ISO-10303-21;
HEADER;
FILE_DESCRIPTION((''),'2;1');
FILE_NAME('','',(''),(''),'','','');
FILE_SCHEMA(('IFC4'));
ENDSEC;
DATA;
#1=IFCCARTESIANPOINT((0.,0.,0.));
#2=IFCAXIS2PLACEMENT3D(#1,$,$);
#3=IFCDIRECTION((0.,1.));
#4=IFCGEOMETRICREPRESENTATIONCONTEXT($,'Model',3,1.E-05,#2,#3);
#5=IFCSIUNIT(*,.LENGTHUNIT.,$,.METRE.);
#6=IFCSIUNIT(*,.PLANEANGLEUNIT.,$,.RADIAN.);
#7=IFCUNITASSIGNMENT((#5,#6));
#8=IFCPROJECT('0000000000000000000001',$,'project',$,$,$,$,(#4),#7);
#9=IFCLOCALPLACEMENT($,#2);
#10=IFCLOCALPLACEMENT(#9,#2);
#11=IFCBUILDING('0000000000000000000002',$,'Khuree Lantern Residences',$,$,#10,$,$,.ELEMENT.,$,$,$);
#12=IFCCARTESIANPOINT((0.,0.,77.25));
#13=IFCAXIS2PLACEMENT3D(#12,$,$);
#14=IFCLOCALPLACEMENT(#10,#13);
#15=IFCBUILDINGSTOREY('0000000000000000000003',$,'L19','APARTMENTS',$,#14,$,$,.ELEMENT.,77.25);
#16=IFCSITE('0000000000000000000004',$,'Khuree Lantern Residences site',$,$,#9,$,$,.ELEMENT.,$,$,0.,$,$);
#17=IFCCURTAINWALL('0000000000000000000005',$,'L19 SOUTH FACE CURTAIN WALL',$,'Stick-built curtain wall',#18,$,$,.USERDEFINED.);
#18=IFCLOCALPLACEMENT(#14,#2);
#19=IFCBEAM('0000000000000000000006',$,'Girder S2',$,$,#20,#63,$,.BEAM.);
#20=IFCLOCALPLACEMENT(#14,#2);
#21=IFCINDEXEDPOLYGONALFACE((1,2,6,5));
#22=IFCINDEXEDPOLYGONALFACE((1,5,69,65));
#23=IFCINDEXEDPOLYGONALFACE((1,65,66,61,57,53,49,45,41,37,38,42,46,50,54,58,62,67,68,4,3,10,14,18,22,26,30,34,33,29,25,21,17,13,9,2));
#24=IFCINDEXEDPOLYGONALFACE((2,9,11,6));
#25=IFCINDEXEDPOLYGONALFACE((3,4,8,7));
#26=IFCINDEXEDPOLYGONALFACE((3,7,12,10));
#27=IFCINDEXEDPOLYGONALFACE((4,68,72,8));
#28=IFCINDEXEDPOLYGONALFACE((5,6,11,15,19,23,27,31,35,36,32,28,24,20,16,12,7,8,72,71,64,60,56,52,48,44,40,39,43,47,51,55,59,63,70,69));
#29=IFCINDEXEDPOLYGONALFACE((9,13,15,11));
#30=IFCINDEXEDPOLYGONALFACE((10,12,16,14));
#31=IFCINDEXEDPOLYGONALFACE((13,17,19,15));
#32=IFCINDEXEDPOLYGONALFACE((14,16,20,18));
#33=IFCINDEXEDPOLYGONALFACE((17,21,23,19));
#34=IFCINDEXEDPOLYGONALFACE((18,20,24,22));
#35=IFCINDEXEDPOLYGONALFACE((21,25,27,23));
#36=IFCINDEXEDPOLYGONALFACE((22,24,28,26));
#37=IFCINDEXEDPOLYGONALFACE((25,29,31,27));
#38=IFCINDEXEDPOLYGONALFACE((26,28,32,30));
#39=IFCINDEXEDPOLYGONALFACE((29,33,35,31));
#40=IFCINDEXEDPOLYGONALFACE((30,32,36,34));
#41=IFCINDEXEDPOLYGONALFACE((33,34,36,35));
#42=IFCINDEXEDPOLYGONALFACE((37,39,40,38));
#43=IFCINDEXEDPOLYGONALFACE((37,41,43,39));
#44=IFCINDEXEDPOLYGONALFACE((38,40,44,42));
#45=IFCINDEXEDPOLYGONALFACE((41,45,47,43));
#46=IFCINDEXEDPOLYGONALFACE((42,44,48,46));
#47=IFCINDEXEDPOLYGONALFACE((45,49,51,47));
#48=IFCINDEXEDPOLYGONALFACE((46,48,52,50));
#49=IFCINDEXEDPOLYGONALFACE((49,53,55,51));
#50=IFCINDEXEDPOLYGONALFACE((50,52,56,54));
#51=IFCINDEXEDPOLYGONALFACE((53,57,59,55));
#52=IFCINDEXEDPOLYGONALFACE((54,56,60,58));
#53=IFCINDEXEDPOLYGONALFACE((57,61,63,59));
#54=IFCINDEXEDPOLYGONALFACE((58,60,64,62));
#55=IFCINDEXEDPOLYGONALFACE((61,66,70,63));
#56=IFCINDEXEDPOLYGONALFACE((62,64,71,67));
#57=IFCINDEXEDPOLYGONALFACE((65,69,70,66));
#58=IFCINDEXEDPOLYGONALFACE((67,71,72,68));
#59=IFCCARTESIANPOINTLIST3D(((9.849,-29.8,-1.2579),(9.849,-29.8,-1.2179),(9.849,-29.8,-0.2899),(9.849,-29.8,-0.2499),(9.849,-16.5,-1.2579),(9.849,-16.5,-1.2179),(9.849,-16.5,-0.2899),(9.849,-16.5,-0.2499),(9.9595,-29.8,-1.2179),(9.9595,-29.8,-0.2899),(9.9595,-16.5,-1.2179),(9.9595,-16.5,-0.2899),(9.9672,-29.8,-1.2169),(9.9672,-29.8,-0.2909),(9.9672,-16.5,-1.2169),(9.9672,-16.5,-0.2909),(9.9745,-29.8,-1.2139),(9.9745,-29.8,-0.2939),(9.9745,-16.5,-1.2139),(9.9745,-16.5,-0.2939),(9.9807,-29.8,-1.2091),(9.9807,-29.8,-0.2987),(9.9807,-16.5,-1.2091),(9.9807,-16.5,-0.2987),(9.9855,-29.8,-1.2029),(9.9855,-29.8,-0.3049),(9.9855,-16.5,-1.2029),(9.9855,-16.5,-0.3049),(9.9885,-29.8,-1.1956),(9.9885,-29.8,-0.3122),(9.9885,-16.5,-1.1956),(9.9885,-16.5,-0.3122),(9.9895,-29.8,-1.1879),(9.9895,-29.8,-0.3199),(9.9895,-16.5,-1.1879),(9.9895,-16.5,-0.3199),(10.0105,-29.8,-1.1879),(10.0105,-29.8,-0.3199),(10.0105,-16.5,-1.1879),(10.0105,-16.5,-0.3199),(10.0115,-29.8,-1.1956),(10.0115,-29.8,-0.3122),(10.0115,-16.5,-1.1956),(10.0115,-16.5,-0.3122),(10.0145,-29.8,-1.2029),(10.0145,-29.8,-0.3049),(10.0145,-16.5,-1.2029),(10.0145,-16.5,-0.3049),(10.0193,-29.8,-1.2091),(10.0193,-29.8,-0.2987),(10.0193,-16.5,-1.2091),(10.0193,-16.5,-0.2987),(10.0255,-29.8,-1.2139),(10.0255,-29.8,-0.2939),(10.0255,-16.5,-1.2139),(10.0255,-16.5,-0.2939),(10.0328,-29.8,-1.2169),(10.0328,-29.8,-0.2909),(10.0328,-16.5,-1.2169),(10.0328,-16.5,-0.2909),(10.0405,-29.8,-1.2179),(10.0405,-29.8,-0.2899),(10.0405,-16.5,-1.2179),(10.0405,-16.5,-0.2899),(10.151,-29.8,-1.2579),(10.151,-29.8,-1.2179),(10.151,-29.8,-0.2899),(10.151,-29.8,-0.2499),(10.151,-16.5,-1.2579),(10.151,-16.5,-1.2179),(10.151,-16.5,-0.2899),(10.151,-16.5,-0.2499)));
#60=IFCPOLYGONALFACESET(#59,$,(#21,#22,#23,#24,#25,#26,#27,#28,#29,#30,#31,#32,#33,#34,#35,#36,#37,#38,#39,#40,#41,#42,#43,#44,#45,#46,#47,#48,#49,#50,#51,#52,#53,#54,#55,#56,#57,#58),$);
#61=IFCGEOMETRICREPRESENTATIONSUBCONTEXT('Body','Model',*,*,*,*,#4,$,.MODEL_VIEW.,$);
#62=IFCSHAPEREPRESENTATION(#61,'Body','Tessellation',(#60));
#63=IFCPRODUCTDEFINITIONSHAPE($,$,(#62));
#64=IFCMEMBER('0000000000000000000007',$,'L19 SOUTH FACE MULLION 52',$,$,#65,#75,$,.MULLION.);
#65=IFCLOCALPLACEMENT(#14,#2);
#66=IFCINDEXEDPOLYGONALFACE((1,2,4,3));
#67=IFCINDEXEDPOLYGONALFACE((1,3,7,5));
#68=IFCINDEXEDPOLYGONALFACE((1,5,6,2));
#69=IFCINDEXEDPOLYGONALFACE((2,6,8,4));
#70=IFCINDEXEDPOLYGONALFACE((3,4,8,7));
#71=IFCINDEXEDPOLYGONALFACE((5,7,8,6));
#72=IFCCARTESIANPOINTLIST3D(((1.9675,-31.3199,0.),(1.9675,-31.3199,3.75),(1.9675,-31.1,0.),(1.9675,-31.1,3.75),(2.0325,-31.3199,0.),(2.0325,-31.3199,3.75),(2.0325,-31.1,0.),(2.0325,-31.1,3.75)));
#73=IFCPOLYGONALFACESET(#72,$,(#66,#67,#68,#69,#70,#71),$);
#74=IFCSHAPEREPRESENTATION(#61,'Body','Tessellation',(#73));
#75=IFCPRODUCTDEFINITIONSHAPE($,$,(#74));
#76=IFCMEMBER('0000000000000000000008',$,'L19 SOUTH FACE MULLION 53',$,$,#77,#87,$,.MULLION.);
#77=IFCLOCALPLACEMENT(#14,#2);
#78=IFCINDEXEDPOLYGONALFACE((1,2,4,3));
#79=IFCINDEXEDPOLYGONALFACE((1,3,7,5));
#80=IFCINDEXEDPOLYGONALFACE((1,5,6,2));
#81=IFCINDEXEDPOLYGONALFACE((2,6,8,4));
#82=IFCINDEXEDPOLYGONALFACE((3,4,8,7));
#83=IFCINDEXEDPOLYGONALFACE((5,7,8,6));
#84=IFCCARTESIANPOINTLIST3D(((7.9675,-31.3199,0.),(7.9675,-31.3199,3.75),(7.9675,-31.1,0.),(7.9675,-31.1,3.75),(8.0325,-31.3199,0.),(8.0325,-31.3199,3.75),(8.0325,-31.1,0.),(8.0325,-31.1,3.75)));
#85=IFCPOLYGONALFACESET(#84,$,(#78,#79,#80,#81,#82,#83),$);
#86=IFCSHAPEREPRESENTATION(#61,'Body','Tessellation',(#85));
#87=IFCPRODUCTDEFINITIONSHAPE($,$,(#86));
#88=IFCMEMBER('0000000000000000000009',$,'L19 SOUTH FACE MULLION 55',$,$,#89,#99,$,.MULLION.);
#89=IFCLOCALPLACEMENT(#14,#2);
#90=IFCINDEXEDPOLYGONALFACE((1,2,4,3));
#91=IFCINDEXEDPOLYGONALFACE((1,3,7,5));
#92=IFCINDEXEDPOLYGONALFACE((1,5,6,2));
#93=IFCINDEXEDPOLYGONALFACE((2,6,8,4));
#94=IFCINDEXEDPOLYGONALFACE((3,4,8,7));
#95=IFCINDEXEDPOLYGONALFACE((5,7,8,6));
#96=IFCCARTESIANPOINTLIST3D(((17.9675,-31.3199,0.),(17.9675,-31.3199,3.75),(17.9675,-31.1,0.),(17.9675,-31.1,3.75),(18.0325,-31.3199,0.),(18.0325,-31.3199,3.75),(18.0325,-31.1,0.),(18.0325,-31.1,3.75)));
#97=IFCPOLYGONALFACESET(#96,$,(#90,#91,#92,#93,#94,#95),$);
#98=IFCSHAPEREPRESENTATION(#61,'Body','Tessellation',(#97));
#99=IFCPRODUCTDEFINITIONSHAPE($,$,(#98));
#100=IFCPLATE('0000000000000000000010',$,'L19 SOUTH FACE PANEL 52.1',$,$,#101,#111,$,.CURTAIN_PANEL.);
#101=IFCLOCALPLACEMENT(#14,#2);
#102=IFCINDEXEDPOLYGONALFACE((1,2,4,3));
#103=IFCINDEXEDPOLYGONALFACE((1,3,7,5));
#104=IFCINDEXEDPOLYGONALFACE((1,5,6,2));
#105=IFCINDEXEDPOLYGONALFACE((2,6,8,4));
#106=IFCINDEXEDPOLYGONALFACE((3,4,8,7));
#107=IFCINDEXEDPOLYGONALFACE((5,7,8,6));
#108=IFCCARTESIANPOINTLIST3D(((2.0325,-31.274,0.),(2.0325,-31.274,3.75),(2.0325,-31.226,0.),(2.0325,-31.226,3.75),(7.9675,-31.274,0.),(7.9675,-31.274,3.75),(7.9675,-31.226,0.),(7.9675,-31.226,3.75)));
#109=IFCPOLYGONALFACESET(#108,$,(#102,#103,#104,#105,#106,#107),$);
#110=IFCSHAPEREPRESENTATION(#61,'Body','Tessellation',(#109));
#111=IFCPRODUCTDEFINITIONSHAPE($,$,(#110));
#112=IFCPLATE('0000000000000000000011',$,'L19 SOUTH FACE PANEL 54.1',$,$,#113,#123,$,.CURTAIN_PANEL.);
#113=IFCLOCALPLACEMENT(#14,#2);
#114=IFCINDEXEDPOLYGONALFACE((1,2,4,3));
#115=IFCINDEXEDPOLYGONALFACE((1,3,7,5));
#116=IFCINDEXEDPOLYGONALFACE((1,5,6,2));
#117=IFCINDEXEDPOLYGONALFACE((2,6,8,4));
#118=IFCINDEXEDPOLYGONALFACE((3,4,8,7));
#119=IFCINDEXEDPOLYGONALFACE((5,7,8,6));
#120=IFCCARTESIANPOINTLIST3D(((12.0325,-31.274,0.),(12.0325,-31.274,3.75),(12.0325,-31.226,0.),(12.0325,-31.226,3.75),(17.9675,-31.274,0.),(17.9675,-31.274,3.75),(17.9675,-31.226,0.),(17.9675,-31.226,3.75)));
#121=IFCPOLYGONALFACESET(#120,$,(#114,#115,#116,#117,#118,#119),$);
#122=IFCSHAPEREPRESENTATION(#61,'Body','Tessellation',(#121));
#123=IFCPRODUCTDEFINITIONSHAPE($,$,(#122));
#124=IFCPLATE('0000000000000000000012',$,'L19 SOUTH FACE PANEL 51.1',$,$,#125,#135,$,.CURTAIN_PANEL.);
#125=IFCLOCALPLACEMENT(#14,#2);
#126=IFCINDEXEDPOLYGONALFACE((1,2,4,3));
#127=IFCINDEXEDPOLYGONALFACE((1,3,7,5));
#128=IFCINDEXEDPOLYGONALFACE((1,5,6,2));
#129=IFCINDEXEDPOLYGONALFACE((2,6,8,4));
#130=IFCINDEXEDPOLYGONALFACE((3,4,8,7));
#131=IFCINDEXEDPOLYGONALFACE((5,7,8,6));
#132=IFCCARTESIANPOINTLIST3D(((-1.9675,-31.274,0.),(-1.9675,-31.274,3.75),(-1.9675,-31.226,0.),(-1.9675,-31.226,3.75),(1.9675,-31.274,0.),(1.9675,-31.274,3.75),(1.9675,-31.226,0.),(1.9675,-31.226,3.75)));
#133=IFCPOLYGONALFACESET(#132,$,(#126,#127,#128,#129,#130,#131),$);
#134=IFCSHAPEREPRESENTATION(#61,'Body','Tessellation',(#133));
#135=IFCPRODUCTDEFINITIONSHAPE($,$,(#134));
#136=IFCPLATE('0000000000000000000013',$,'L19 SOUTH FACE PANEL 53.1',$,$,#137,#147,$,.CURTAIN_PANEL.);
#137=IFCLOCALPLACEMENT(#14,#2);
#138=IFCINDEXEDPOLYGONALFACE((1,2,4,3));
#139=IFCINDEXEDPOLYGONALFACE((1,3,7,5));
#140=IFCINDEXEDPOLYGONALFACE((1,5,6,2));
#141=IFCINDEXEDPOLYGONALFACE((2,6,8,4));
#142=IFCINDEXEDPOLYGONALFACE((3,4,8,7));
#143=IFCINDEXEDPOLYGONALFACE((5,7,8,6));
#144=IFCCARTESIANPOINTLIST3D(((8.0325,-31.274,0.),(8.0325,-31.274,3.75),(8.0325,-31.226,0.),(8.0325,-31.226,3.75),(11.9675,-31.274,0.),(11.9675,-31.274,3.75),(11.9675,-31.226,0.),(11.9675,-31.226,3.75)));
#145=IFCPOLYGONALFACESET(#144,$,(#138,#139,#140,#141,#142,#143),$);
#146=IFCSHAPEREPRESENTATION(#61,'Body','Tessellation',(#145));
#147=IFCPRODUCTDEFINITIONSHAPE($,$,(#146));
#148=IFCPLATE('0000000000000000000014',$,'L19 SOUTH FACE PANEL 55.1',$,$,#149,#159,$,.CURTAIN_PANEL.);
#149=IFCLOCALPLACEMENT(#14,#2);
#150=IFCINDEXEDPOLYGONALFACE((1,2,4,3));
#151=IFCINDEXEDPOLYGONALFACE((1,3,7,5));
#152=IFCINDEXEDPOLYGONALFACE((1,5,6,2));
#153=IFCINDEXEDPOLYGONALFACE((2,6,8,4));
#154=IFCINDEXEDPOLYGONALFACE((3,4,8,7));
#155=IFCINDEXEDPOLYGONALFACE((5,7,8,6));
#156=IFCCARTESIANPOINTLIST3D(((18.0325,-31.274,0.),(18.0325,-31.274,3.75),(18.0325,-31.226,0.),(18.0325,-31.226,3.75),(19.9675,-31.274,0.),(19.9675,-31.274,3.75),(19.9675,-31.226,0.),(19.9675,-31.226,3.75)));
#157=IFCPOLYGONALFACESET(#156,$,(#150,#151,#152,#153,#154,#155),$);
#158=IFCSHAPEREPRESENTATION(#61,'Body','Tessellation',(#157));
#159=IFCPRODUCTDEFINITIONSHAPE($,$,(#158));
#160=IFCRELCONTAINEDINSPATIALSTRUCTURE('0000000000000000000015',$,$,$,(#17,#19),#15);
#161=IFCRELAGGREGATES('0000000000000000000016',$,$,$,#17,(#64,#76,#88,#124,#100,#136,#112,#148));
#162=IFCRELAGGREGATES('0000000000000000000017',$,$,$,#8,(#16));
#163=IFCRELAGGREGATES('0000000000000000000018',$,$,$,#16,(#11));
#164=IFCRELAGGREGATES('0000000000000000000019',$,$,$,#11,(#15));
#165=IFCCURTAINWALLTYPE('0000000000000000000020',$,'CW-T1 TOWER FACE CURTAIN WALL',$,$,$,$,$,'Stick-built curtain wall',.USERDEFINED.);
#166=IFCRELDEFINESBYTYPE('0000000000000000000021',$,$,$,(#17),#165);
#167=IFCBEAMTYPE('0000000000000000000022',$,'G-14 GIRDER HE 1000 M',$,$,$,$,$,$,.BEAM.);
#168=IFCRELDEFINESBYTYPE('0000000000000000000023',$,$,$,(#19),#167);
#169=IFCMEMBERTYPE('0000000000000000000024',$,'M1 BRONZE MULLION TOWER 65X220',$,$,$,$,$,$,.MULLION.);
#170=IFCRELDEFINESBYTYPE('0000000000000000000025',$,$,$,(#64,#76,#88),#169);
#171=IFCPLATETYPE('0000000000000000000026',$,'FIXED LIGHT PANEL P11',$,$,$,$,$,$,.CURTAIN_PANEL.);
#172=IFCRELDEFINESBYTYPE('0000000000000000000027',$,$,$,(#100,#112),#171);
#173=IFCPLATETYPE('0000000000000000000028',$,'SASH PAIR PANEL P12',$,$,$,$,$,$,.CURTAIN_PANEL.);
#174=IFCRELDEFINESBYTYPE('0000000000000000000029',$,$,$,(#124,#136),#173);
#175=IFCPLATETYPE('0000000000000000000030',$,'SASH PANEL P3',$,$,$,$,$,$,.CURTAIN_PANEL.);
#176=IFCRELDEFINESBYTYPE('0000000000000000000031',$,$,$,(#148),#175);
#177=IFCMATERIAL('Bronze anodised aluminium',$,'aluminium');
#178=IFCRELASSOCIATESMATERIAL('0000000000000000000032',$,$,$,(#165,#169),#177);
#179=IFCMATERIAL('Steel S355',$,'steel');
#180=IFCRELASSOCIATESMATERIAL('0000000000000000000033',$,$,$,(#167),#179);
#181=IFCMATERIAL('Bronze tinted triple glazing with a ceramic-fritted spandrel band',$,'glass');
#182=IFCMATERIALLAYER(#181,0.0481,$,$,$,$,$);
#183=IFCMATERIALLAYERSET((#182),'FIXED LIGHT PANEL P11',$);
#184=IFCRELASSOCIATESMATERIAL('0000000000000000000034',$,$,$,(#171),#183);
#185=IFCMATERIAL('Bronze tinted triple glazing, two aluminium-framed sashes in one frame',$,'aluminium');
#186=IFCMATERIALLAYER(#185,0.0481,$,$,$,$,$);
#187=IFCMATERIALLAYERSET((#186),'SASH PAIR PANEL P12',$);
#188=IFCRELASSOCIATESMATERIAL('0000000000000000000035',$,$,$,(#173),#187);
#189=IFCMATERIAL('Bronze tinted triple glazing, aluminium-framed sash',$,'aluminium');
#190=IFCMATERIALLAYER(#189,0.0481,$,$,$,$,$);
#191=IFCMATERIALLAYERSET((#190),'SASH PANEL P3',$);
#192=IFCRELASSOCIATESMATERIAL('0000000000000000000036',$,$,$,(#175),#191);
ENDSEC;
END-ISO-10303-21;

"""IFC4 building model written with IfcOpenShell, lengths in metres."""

from ifc_helpers import new_model, si_unit, direction, frame, origin, origin_2d, place, context, subcontext, project, spatial, rectangle, i_section, extrude, material, layer, layer_set, material_profile, profile_set, type_object, element, aggregate, save


model = new_model("IFC4")

# Units and contexts
model_context = context("Model", 3, precision=1e-05, world=origin(), true_north=direction((0.0, 1.0)))
body_context = subcontext(model_context, "Body", "Model", "MODEL_VIEW")
ifc_project = project(units=[si_unit("LENGTHUNIT", "METRE"), si_unit("PLANEANGLEUNIT", "RADIAN")], contexts=[model_context])

# Site, building, storey
site_placement = place(None, origin())
site = spatial("IfcSite", under=ifc_project, at=site_placement, Name="Khuree Lantern Residences site", CompositionType="ELEMENT", RefElevation=0.0)
building_placement = place(site_placement, origin())
building = spatial("IfcBuilding", under=site, at=building_placement, Name="Khuree Lantern Residences", CompositionType="ELEMENT")
storey_placement = place(building_placement, frame((0.0, 0.0, 77.25)))
storey = spatial("IfcBuildingStorey", under=building, at=storey_placement, Name="L19", Description="APARTMENTS", CompositionType="ELEMENT", Elevation=77.25)

# Shared definitions
ifc_material_1 = material(Name="Steel S355", Category="steel")

# Curtain wall
ifc_material_2 = material(Name="Bronze anodised aluminium", Category="aluminium")
curtain_wall_type = type_object("IfcCurtainWallType", Name="CW-T1 TOWER FACE CURTAIN WALL", ElementType="Stick-built curtain wall", PredefinedType="USERDEFINED", material=ifc_material_2)
curtain_wall_placement = place(storey_placement, origin())
curtain_wall = element("IfcCurtainWall", 1, at=curtain_wall_placement, inside=storey, type_object=curtain_wall_type, Name="L19 SOUTH FACE CURTAIN WALL", ObjectType="Stick-built curtain wall", PredefinedType="USERDEFINED")

# Beam
ifc_material_profile_1 = material_profile(ifc_material_1, i_section(OverallWidth=0.302, OverallDepth=1.0081, WebThickness=0.021, FlangeThickness=0.04, FilletRadius=0.03, at=origin_2d()), Name="HE 1000 M")
ifc_profile_set_1 = profile_set([ifc_material_profile_1], Name="Steel S355")
beam_type_1 = type_object("IfcBeamType", Name="G-14 GIRDER HE 1000 M", PredefinedType="BEAM", material=ifc_profile_set_1)
beam_1_placement = place(storey_placement, frame((10.0, -29.8, -0.7539), z_axis=(0.0, 1.0, 0.0), x_axis=(-1.0, 0.0, 0.0)))
element("IfcBeam", 2, at=beam_1_placement, inside=storey, type_object=beam_type_1, Name="Girder S2", PredefinedType="BEAM", context=body_context, shape_type="SweptSolid", body=[
    extrude(i_section(OverallWidth=0.302, OverallDepth=1.0081, WebThickness=0.021, FlangeThickness=0.04, FilletRadius=0.03, at=origin_2d()), origin(), (0.0, 0.0, 1.0), 13.3),
])

# Members
ifc_material_profile_2 = material_profile(ifc_material_2, rectangle(XDim=0.0649, YDim=0.22, at=origin_2d()), Name="M1 65X220")
ifc_profile_set_2 = profile_set([ifc_material_profile_2], Name="Bronze anodised aluminium")
member_type_1 = type_object("IfcMemberType", Name="M1 BRONZE MULLION TOWER 65X220", PredefinedType="MULLION", material=ifc_profile_set_2)
member_1_placement = place(storey_placement, frame((2.0, -31.21, 0.0), z_axis=(0.0, 0.0, 1.0), x_axis=(1.0, 0.0, 0.0)))
member_1 = element("IfcMember", 3, at=member_1_placement, type_object=member_type_1, Name="L19 SOUTH FACE MULLION 52", PredefinedType="MULLION", context=body_context, shape_type="SweptSolid", body=[
    extrude(rectangle(XDim=0.0649, YDim=0.22, at=origin_2d()), origin(), (0.0, 0.0, 1.0), 3.75),
])
member_2_placement = place(storey_placement, frame((8.0, -31.21, 0.0), z_axis=(0.0, 0.0, 1.0), x_axis=(1.0, 0.0, 0.0)))
member_2 = element("IfcMember", 4, at=member_2_placement, type_object=member_type_1, Name="L19 SOUTH FACE MULLION 53", PredefinedType="MULLION", context=body_context, shape_type="SweptSolid", body=[
    extrude(rectangle(XDim=0.0649, YDim=0.22, at=origin_2d()), origin(), (0.0, 0.0, 1.0), 3.75),
])
member_3_placement = place(storey_placement, frame((18.0, -31.21, 0.0), z_axis=(0.0, 0.0, 1.0), x_axis=(1.0, 0.0, 0.0)))
member_3 = element("IfcMember", 5, at=member_3_placement, type_object=member_type_1, Name="L19 SOUTH FACE MULLION 55", PredefinedType="MULLION", context=body_context, shape_type="SweptSolid", body=[
    extrude(rectangle(XDim=0.0649, YDim=0.22, at=origin_2d()), origin(), (0.0, 0.0, 1.0), 3.75),
])

# Plates
ifc_material_3 = material(Name="Bronze tinted triple glazing with a ceramic-fritted spandrel band", Category="glass")
ifc_layer_1 = layer(ifc_material_3, 0.0481)
ifc_layer_set_1 = layer_set([ifc_layer_1], Name="FIXED LIGHT PANEL P11")
plate_type_1 = type_object("IfcPlateType", Name="FIXED LIGHT PANEL P11", PredefinedType="CURTAIN_PANEL", material=ifc_layer_set_1)
plate_1_placement = place(storey_placement, frame((5.0, -31.25, 0.0), z_axis=(0.0, 0.0, 1.0), x_axis=(1.0, 0.0, 0.0)))
plate_1 = element("IfcPlate", 6, at=plate_1_placement, type_object=plate_type_1, Name="L19 SOUTH FACE PANEL 52.1", PredefinedType="CURTAIN_PANEL", context=body_context, shape_type="SweptSolid", body=[
    extrude(rectangle(XDim=5.9351, YDim=0.0481, at=origin_2d()), origin(), (0.0, 0.0, 1.0), 3.75),
])
plate_2_placement = place(storey_placement, frame((15.0, -31.25, 0.0), z_axis=(0.0, 0.0, 1.0), x_axis=(1.0, 0.0, 0.0)))
plate_2 = element("IfcPlate", 7, at=plate_2_placement, type_object=plate_type_1, Name="L19 SOUTH FACE PANEL 54.1", PredefinedType="CURTAIN_PANEL", context=body_context, shape_type="SweptSolid", body=[
    extrude(rectangle(XDim=5.9351, YDim=0.0481, at=origin_2d()), origin(), (0.0, 0.0, 1.0), 3.75),
])
ifc_material_4 = material(Name="Bronze tinted triple glazing, two aluminium-framed sashes in one frame", Category="aluminium")
ifc_layer_2 = layer(ifc_material_4, 0.0481)
ifc_layer_set_2 = layer_set([ifc_layer_2], Name="SASH PAIR PANEL P12")
plate_type_2 = type_object("IfcPlateType", Name="SASH PAIR PANEL P12", PredefinedType="CURTAIN_PANEL", material=ifc_layer_set_2)
plate_3_placement = place(storey_placement, frame((0.0, -31.25, 0.0), z_axis=(0.0, 0.0, 1.0), x_axis=(1.0, 0.0, 0.0)))
plate_3 = element("IfcPlate", 8, at=plate_3_placement, type_object=plate_type_2, Name="L19 SOUTH FACE PANEL 51.1", PredefinedType="CURTAIN_PANEL", context=body_context, shape_type="SweptSolid", body=[
    extrude(rectangle(XDim=3.9351, YDim=0.0481, at=origin_2d()), origin(), (0.0, 0.0, 1.0), 3.75),
])
plate_4_placement = place(storey_placement, frame((10.0, -31.25, 0.0), z_axis=(0.0, 0.0, 1.0), x_axis=(1.0, 0.0, 0.0)))
plate_4 = element("IfcPlate", 9, at=plate_4_placement, type_object=plate_type_2, Name="L19 SOUTH FACE PANEL 53.1", PredefinedType="CURTAIN_PANEL", context=body_context, shape_type="SweptSolid", body=[
    extrude(rectangle(XDim=3.9351, YDim=0.0481, at=origin_2d()), origin(), (0.0, 0.0, 1.0), 3.75),
])
ifc_material_5 = material(Name="Bronze tinted triple glazing, aluminium-framed sash", Category="aluminium")
ifc_layer_3 = layer(ifc_material_5, 0.0481)
ifc_layer_set_3 = layer_set([ifc_layer_3], Name="SASH PANEL P3")
plate_type_3 = type_object("IfcPlateType", Name="SASH PANEL P3", PredefinedType="CURTAIN_PANEL", material=ifc_layer_set_3)
plate_5_placement = place(storey_placement, frame((19.0, -31.25, 0.0), z_axis=(0.0, 0.0, 1.0), x_axis=(1.0, 0.0, 0.0)))
plate_5 = element("IfcPlate", 10, at=plate_5_placement, type_object=plate_type_3, Name="L19 SOUTH FACE PANEL 55.1", PredefinedType="CURTAIN_PANEL", context=body_context, shape_type="SweptSolid", body=[
    extrude(rectangle(XDim=1.9351, YDim=0.0481, at=origin_2d()), origin(), (0.0, 0.0, 1.0), 3.75),
])
aggregate(curtain_wall, [member_1, member_2, member_3, plate_3, plate_1, plate_4, plate_2, plate_5])

save(model, "model.ifc")
